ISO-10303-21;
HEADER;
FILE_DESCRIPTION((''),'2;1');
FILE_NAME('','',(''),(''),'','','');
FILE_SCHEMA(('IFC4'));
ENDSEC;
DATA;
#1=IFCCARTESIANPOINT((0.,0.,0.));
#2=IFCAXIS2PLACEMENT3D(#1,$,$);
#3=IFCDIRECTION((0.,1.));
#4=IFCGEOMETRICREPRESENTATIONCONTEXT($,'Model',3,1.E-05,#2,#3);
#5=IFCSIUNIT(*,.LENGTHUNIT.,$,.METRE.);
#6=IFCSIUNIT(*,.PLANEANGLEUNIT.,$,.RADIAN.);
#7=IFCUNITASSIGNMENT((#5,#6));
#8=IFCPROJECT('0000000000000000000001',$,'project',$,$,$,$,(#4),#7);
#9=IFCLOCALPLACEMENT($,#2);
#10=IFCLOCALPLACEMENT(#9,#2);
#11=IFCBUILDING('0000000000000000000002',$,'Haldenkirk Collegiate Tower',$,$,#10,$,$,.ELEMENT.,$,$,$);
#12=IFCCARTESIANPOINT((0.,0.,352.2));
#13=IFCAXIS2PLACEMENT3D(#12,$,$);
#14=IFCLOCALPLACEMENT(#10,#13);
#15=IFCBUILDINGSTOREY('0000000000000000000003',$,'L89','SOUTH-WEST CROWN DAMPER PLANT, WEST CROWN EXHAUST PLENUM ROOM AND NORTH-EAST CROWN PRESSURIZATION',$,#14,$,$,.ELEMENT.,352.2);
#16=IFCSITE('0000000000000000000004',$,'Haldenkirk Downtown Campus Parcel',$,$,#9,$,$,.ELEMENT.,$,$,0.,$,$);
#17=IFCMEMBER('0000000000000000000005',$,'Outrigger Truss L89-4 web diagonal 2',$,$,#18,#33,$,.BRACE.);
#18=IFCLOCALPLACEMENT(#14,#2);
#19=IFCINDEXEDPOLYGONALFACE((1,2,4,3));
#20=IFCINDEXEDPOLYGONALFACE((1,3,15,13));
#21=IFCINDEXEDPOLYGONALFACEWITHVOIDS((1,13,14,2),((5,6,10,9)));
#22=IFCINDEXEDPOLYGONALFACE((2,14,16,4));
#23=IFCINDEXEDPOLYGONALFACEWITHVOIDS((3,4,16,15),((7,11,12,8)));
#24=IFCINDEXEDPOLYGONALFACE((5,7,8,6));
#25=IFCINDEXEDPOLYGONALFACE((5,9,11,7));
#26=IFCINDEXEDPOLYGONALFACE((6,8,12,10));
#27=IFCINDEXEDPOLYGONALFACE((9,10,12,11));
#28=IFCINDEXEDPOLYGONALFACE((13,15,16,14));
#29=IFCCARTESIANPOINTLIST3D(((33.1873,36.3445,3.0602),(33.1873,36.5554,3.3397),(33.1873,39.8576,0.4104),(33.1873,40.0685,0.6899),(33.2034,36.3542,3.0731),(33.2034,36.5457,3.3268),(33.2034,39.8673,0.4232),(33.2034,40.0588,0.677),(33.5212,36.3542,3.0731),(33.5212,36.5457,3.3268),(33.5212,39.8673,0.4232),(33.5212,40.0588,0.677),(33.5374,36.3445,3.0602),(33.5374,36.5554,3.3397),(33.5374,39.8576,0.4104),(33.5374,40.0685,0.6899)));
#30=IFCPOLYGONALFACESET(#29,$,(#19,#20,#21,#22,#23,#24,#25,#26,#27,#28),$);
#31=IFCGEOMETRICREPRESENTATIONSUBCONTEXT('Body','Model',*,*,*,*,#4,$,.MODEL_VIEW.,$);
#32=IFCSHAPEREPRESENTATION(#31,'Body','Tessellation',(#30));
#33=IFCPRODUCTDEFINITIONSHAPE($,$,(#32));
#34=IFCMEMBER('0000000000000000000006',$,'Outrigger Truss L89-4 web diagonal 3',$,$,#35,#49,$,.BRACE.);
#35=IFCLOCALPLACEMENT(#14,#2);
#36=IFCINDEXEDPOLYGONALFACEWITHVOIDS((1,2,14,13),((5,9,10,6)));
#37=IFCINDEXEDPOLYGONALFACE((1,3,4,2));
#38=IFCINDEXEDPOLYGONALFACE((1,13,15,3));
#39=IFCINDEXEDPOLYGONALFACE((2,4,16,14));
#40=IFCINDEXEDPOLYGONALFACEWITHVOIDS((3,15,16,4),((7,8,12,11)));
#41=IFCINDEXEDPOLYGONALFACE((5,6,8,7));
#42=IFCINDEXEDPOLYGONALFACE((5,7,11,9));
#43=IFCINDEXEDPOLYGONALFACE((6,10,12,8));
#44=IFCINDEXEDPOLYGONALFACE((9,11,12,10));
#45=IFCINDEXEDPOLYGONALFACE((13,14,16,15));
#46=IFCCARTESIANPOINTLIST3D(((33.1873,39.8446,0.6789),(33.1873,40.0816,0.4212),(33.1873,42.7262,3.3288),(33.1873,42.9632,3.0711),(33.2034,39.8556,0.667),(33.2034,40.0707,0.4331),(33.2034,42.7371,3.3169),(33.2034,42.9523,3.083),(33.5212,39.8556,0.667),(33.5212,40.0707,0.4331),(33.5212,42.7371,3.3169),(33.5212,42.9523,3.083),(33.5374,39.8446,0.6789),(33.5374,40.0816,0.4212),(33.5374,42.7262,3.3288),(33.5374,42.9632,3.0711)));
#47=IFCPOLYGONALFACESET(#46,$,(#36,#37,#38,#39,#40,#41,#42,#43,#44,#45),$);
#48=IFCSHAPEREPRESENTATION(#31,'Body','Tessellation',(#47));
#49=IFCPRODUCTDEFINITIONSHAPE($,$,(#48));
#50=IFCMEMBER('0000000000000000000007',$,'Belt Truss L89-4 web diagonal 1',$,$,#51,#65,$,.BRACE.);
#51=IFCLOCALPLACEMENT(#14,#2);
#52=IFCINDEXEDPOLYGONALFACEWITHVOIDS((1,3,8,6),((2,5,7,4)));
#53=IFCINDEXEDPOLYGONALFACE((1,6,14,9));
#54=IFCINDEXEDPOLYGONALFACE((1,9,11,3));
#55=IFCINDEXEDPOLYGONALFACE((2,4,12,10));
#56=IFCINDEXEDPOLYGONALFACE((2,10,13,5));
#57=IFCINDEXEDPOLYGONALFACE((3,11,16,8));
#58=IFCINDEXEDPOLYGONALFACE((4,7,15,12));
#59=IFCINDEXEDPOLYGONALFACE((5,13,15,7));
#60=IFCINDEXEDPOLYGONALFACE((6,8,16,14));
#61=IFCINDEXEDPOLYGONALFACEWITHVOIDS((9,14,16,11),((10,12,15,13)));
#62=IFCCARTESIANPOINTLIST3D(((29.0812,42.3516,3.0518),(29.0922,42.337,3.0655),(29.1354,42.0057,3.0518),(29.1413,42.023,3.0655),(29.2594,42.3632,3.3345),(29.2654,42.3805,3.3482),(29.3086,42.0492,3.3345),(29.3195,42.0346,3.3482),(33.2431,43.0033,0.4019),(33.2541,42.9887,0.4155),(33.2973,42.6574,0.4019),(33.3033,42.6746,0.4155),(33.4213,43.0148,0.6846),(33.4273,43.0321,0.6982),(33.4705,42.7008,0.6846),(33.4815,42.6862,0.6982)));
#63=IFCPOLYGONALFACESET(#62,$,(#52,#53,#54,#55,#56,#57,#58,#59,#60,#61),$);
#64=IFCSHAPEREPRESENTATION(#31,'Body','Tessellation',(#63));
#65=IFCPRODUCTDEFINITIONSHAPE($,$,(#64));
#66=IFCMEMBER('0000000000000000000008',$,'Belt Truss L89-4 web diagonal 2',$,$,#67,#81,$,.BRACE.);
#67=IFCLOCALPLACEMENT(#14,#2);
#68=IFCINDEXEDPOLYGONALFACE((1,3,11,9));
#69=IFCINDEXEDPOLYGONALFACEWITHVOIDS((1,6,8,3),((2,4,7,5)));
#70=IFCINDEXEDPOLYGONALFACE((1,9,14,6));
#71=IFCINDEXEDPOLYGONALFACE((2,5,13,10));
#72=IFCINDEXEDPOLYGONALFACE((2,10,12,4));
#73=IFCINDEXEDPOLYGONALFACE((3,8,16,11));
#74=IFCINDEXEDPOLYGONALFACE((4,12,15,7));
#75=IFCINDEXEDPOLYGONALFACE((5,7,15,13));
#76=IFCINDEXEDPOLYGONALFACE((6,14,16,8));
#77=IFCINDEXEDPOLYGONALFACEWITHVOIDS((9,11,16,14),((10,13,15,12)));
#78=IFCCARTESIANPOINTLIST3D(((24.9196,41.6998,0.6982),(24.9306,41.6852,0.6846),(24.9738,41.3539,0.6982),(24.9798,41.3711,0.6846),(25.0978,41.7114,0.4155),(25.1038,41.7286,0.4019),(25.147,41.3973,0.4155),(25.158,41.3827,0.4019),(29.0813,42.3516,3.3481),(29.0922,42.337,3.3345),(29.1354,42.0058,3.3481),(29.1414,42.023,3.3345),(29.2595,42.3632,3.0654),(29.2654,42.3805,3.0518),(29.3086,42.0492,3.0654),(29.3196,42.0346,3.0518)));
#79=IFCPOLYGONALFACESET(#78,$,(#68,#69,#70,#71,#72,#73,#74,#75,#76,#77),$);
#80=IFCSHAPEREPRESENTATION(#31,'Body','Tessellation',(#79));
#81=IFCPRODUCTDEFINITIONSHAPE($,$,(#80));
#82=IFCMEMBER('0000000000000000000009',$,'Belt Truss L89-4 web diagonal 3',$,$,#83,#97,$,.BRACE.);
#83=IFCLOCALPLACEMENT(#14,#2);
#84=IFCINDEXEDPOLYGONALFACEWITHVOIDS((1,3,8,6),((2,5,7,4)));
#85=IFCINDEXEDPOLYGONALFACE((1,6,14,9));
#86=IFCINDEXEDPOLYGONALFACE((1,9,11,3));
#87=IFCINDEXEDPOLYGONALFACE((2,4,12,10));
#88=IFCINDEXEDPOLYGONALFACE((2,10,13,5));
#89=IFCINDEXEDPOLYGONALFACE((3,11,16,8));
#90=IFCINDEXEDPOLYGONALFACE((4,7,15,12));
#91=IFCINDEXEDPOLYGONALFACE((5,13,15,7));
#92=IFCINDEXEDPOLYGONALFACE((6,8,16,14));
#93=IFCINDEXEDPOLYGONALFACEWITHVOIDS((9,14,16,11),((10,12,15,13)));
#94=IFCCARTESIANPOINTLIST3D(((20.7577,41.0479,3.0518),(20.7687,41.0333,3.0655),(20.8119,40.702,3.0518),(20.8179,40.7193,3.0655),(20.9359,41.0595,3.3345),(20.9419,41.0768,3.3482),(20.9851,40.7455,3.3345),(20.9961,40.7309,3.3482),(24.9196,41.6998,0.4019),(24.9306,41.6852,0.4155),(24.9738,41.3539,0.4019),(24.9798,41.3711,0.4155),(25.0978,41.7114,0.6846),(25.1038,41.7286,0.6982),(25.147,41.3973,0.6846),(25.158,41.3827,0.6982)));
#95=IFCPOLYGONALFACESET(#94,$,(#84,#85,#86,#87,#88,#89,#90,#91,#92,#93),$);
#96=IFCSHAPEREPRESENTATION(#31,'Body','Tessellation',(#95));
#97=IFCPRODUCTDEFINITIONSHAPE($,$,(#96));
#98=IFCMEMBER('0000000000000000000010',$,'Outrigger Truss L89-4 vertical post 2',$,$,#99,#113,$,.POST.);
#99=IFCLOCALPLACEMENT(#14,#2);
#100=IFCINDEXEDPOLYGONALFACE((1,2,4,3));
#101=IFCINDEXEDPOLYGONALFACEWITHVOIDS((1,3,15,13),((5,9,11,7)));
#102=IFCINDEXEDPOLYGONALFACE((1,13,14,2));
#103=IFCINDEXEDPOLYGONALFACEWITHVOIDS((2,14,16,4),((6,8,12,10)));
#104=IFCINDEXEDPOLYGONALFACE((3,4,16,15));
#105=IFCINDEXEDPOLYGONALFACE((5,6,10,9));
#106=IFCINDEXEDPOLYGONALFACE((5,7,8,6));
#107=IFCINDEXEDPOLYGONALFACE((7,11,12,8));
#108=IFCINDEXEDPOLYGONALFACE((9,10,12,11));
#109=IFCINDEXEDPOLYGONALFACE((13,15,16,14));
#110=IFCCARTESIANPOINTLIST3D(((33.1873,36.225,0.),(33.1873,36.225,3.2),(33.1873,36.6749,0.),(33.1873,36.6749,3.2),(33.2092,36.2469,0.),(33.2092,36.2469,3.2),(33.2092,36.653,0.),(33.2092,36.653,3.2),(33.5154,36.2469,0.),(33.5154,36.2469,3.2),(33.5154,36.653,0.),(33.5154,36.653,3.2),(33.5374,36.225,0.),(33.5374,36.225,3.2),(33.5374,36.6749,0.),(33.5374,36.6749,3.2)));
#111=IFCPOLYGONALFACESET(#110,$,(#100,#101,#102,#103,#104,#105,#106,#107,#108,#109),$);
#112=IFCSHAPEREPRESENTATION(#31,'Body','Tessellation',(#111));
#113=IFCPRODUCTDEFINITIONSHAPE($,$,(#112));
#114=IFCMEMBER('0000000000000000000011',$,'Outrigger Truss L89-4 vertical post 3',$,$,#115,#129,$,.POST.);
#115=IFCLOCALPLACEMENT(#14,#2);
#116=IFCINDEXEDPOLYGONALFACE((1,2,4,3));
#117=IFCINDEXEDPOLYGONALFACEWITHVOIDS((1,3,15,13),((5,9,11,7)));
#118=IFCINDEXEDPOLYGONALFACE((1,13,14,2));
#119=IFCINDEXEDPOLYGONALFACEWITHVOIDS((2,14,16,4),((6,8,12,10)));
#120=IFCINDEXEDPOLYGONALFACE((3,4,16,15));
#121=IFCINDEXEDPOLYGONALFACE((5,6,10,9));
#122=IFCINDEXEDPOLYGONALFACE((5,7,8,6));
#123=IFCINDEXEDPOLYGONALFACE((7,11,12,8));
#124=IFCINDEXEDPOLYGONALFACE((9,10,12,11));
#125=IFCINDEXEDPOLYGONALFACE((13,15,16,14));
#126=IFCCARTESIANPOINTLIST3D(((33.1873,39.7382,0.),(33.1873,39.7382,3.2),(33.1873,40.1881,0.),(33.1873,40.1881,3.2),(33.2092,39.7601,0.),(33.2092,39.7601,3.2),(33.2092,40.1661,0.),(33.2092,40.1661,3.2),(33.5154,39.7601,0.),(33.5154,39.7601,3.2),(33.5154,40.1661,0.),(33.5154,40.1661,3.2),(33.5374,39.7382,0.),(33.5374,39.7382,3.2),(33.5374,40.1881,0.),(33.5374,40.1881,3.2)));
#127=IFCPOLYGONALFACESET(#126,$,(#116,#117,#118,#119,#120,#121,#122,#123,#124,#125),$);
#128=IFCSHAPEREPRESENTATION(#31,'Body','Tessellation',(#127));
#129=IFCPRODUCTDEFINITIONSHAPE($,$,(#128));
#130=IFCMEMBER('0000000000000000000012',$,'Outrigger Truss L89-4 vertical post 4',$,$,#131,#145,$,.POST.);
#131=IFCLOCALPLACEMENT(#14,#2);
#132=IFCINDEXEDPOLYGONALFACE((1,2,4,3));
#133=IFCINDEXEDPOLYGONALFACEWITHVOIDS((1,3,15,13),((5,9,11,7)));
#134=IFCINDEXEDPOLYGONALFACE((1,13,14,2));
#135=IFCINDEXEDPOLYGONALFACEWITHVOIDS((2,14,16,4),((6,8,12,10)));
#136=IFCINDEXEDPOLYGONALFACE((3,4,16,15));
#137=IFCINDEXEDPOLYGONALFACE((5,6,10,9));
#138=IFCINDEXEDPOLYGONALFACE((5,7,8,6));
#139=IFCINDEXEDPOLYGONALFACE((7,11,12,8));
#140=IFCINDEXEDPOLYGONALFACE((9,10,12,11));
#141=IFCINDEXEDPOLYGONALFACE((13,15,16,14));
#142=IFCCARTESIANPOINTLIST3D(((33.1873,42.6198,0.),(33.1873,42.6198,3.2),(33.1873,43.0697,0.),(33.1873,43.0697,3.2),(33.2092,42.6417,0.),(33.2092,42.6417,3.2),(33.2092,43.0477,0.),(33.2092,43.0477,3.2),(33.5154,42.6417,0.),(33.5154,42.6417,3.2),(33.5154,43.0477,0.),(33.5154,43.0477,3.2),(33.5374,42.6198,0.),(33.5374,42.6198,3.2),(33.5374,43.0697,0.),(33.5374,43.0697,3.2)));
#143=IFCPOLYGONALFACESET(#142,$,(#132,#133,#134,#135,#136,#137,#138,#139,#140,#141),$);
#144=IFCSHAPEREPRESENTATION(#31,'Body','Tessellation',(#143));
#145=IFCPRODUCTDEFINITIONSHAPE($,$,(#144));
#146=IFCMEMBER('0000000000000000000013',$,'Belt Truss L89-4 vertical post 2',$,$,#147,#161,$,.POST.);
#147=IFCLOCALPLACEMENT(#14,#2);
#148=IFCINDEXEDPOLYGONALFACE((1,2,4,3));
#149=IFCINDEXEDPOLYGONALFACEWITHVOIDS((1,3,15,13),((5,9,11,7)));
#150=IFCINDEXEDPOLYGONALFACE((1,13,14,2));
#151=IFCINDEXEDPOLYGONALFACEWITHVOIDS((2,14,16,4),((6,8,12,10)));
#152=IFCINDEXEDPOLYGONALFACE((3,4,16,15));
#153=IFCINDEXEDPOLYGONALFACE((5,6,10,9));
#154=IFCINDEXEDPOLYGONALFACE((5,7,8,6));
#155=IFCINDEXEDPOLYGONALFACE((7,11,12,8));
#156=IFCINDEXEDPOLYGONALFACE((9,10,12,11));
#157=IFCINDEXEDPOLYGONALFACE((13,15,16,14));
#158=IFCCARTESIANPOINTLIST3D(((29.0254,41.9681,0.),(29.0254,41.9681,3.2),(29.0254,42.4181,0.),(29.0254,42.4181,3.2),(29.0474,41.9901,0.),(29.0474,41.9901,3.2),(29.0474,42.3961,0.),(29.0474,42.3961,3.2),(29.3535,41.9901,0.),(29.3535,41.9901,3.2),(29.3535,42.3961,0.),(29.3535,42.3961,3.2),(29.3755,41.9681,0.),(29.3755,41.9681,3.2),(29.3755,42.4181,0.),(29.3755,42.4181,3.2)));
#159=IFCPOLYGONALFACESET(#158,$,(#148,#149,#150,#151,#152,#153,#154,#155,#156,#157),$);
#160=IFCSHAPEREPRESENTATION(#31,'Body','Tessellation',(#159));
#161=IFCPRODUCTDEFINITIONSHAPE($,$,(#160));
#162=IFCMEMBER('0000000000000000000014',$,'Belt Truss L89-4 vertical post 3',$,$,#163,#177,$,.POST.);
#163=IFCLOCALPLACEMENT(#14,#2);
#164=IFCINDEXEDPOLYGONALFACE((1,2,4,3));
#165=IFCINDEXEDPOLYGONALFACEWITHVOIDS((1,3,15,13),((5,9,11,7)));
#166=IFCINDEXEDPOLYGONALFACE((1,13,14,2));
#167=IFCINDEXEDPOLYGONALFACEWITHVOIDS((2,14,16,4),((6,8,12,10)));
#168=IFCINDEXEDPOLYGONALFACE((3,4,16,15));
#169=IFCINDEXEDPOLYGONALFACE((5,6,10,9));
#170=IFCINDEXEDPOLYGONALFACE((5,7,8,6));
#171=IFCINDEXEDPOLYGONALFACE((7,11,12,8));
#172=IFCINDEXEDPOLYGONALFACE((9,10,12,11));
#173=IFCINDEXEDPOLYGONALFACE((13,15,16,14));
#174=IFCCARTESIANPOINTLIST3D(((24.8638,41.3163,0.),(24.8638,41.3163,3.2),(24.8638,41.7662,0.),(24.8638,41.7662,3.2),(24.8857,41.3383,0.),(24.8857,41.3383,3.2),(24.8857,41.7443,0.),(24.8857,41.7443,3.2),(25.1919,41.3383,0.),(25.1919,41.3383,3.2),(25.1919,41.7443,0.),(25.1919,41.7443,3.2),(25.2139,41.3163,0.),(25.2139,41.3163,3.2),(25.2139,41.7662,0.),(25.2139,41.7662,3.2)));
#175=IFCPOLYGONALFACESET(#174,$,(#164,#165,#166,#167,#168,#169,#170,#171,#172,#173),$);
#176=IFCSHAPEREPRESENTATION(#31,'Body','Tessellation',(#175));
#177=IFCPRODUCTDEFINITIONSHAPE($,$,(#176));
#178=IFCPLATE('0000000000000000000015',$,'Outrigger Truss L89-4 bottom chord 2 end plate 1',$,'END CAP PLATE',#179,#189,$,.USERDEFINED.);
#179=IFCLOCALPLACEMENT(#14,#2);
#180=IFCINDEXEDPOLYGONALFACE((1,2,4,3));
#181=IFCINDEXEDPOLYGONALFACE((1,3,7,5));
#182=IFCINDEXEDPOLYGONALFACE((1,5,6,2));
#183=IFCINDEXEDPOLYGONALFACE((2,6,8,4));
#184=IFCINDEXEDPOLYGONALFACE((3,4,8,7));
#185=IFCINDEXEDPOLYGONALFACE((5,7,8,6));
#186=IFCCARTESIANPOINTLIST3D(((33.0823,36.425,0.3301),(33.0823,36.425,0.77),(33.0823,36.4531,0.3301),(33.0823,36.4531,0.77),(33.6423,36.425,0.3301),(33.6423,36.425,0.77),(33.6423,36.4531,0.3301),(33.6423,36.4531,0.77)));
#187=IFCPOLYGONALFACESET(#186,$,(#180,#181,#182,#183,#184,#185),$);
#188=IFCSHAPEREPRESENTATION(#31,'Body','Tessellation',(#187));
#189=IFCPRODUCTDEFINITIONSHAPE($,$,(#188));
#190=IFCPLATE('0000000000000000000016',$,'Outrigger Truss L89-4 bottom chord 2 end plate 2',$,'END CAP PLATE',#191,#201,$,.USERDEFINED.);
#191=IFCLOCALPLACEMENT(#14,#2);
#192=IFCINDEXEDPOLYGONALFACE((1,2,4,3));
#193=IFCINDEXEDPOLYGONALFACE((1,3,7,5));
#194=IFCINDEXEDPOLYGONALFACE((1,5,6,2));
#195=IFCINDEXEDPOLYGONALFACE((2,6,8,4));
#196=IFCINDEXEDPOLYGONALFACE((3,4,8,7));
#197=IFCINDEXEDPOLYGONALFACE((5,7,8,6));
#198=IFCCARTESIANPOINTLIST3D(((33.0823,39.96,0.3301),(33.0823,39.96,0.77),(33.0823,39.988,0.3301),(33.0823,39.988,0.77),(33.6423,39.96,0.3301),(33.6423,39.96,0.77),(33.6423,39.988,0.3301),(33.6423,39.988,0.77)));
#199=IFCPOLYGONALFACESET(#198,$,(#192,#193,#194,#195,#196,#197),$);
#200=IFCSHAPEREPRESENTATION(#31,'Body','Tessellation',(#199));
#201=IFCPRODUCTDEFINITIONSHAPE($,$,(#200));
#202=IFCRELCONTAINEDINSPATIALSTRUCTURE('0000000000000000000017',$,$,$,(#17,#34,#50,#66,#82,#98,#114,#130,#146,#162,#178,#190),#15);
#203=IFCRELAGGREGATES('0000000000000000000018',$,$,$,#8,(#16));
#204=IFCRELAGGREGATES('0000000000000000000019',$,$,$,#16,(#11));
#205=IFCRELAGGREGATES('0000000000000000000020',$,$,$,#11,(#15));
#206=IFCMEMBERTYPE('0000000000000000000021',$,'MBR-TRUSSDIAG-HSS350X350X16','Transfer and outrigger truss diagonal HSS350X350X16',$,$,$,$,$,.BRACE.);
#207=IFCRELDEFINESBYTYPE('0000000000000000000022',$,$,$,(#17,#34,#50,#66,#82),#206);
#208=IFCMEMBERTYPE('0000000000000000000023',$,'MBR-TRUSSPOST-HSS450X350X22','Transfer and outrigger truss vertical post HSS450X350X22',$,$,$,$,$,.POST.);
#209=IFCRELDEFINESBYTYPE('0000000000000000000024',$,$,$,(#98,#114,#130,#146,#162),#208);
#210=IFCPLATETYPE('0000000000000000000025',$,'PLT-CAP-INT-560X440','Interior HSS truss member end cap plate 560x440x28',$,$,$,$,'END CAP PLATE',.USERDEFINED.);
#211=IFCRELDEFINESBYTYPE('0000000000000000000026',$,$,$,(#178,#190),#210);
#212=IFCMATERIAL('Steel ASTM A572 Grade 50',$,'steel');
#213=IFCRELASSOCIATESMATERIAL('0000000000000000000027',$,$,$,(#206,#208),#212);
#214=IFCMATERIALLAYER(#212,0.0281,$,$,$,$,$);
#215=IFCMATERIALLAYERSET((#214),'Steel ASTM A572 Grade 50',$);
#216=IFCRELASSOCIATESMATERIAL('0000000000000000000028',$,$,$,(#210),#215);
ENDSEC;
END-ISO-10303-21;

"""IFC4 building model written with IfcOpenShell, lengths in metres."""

from ifc_helpers import new_model, si_unit, direction, frame, origin, origin_2d, place, context, subcontext, project, spatial, rectangle, hollow_rectangle, extrude, source, transform, mapped, material, layer, layer_set, material_profile, profile_set, type_object, element, save


model = new_model("IFC4")

# Units and contexts
model_context = context("Model", 3, precision=1e-05, world=origin(), true_north=direction((0.0, 1.0)))
body_context = subcontext(model_context, "Body", "Model", "MODEL_VIEW")
ifc_project = project(units=[si_unit("LENGTHUNIT", "METRE"), si_unit("PLANEANGLEUNIT", "RADIAN")], contexts=[model_context])

# Site, building, storey
site_placement = place(None, origin())
site = spatial("IfcSite", under=ifc_project, at=site_placement, Name="Haldenkirk Downtown Campus Parcel", CompositionType="ELEMENT", RefElevation=0.0)
building_placement = place(site_placement, origin())
building = spatial("IfcBuilding", under=site, at=building_placement, Name="Haldenkirk Collegiate Tower", CompositionType="ELEMENT")
storey_placement = place(building_placement, frame((0.0, 0.0, 352.2)))
storey = spatial("IfcBuildingStorey", under=building, at=storey_placement, Name="L89", Description="SOUTH-WEST CROWN DAMPER PLANT, WEST CROWN EXHAUST PLENUM ROOM AND NORTH-EAST CROWN PRESSURIZATION", CompositionType="ELEMENT", Elevation=352.2)

# Members
ifc_material_1 = material(Name="Steel ASTM A572 Grade 50", Category="steel")
ifc_material_profile_1 = material_profile(ifc_material_1, hollow_rectangle(XDim=0.3501, YDim=0.3501, WallThickness=0.0161, at=origin_2d()), Name="HSS350X350X16")
ifc_profile_set_1 = profile_set([ifc_material_profile_1], Name="Steel ASTM A572 Grade 50")
member_type_1 = type_object("IfcMemberType", Name="MBR-TRUSSDIAG-HSS350X350X16", Description="Transfer and outrigger truss diagonal HSS350X350X16", PredefinedType="BRACE", material=ifc_profile_set_1)
member_1_placement = place(storey_placement, frame((33.3623, 36.45, 3.2), z_axis=(0.0, 0.798359, -0.602181), x_axis=(-1.0, 0.0, 0.0)))
element("IfcMember", 1, at=member_1_placement, inside=storey, type_object=member_type_1, Name="Outrigger Truss L89-4 web diagonal 2", PredefinedType="BRACE", context=body_context, shape_type="SweptSolid", body=[
    extrude(hollow_rectangle(XDim=0.3501, YDim=0.3501, WallThickness=0.0161, at=origin_2d()), origin(), (0.0, 0.0, 1.0), 4.4004),
])
member_2_placement = place(storey_placement, frame((33.3623, 39.9631, 0.55), z_axis=(0.0, 0.736079, 0.676896), x_axis=(-1.0, 0.0, 0.0)))
element("IfcMember", 2, at=member_2_placement, inside=storey, type_object=member_type_1, Name="Outrigger Truss L89-4 web diagonal 3", PredefinedType="BRACE", context=body_context, shape_type="SweptSolid", body=[
    extrude(hollow_rectangle(XDim=0.3501, YDim=0.3501, WallThickness=0.0161, at=origin_2d()), origin(), (0.0, 0.0, 1.0), 3.9148),
])
member_3_placement = place(storey_placement, frame((33.3623, 42.8447, 0.55), z_axis=(-0.836267, -0.130932, 0.53246), x_axis=(0.154683, -0.987964, 0.0)))
element("IfcMember", 3, at=member_3_placement, inside=storey, type_object=member_type_1, Name="Belt Truss L89-4 web diagonal 1", PredefinedType="BRACE", context=body_context, shape_type="SweptSolid", body=[
    extrude(hollow_rectangle(XDim=0.3501, YDim=0.3501, WallThickness=0.0161, at=origin_2d()), origin(), (0.0, 0.0, 1.0), 4.9768),
])
member_4_placement = place(storey_placement, frame((29.2004, 42.1931, 3.2), z_axis=(-0.836247, -0.130986, -0.532478), x_axis=(0.154748, -0.987954, 0.0)))
element("IfcMember", 4, at=member_4_placement, inside=storey, type_object=member_type_1, Name="Belt Truss L89-4 web diagonal 2", PredefinedType="BRACE", context=body_context, shape_type="SweptSolid", body=[
    extrude(hollow_rectangle(XDim=0.3501, YDim=0.3501, WallThickness=0.0161, at=origin_2d()), origin(), (0.0, 0.0, 1.0), 4.9766),
])
member_5_placement = place(storey_placement, frame((25.0388, 41.5413, 0.55), z_axis=(-0.836262, -0.13098, 0.532457), x_axis=(0.154739, -0.987955, 0.0)))
element("IfcMember", 5, at=member_5_placement, inside=storey, type_object=member_type_1, Name="Belt Truss L89-4 web diagonal 3", PredefinedType="BRACE", context=body_context, shape_type="SweptSolid", body=[
    extrude(hollow_rectangle(XDim=0.3501, YDim=0.3501, WallThickness=0.0161, at=origin_2d()), origin(), (0.0, 0.0, 1.0), 4.9768),
])
ifc_material_profile_2 = material_profile(ifc_material_1, hollow_rectangle(XDim=0.3501, YDim=0.45, WallThickness=0.022, at=origin_2d()), Name="HSS450X350X22")
ifc_profile_set_2 = profile_set([ifc_material_profile_2], Name="Steel ASTM A572 Grade 50")
member_type_2 = type_object("IfcMemberType", Name="MBR-TRUSSPOST-HSS450X350X22", Description="Transfer and outrigger truss vertical post HSS450X350X22", PredefinedType="POST", material=ifc_profile_set_2)
for number, where, z_axis, x_axis, name in (
    (6, (33.3623, 36.45, 0.0), (0.0, 0.0, 1.0), (1.0, 0.0, 0.0), "Outrigger Truss L89-4 vertical post 2"),
    (7, (33.3623, 39.9631, 0.0), (0.0, 0.0, 1.0), (1.0, 0.0, 0.0), "Outrigger Truss L89-4 vertical post 3"),
    (8, (33.3623, 42.8447, 0.0), (0.0, 0.0, 1.0), (1.0, 0.0, 0.0), "Outrigger Truss L89-4 vertical post 4"),
    (9, (29.2004, 42.1931, 0.0), (0.0, 0.0, 1.0), (1.0, 0.0, 0.0), "Belt Truss L89-4 vertical post 2"),
    (10, (25.0388, 41.5413, 0.0), (0.0, 0.0, 1.0), (1.0, 0.0, 0.0), "Belt Truss L89-4 vertical post 3"),
):
    element("IfcMember", number, at=place(storey_placement, frame(where, z_axis=z_axis, x_axis=x_axis)), inside=storey, type_object=member_type_2, Name=name, PredefinedType="POST", context=body_context, shape_type="SweptSolid", body=[
        extrude(hollow_rectangle(XDim=0.3501, YDim=0.45, WallThickness=0.022, at=origin_2d()), origin(), (0.0, 0.0, 1.0), 3.2),
    ])

# Plates
ifc_layer = layer(ifc_material_1, 0.0281)
ifc_layer_set = layer_set([ifc_layer], Name="Steel ASTM A572 Grade 50")
plate_type = type_object("IfcPlateType", Name="PLT-CAP-INT-560X440", Description="Interior HSS truss member end cap plate 560x440x28", ElementType="END CAP PLATE", PredefinedType="USERDEFINED", material=ifc_layer_set)
shared_shape = source(origin(), body_context, "Body", "SweptSolid", [
    extrude(rectangle(XDim=0.5601, YDim=0.4399, at=origin_2d()), origin(), (0.0, 0.0, 1.0), 0.0281),
])
for number, where, z_axis, x_axis, name in (
    (11, (33.3623, 36.4531, 0.55), (0.0, -1.0, 0.0), (1.0, 0.0, 0.0), "Outrigger Truss L89-4 bottom chord 2 end plate 1"),
    (12, (33.3623, 39.96, 0.55), (0.0, 1.0, 0.0), (-1.0, 0.0, 0.0), "Outrigger Truss L89-4 bottom chord 2 end plate 2"),
):
    element("IfcPlate", number, at=place(storey_placement, frame(where, z_axis=z_axis, x_axis=x_axis)), inside=storey, type_object=plate_type, Name=name, ObjectType="END CAP PLATE", PredefinedType="USERDEFINED", context=body_context, shape_type="MappedRepresentation", body=[
        mapped(shared_shape, transform((0.0, 0.0, 0.0), x_axis=(1.0, 0.0, 0.0), y_axis=(0.0, 1.0, 0.0), z_axis=(0.0, 0.0, 1.0), scale=1.0)),
    ])

save(model, "model.ifc")
